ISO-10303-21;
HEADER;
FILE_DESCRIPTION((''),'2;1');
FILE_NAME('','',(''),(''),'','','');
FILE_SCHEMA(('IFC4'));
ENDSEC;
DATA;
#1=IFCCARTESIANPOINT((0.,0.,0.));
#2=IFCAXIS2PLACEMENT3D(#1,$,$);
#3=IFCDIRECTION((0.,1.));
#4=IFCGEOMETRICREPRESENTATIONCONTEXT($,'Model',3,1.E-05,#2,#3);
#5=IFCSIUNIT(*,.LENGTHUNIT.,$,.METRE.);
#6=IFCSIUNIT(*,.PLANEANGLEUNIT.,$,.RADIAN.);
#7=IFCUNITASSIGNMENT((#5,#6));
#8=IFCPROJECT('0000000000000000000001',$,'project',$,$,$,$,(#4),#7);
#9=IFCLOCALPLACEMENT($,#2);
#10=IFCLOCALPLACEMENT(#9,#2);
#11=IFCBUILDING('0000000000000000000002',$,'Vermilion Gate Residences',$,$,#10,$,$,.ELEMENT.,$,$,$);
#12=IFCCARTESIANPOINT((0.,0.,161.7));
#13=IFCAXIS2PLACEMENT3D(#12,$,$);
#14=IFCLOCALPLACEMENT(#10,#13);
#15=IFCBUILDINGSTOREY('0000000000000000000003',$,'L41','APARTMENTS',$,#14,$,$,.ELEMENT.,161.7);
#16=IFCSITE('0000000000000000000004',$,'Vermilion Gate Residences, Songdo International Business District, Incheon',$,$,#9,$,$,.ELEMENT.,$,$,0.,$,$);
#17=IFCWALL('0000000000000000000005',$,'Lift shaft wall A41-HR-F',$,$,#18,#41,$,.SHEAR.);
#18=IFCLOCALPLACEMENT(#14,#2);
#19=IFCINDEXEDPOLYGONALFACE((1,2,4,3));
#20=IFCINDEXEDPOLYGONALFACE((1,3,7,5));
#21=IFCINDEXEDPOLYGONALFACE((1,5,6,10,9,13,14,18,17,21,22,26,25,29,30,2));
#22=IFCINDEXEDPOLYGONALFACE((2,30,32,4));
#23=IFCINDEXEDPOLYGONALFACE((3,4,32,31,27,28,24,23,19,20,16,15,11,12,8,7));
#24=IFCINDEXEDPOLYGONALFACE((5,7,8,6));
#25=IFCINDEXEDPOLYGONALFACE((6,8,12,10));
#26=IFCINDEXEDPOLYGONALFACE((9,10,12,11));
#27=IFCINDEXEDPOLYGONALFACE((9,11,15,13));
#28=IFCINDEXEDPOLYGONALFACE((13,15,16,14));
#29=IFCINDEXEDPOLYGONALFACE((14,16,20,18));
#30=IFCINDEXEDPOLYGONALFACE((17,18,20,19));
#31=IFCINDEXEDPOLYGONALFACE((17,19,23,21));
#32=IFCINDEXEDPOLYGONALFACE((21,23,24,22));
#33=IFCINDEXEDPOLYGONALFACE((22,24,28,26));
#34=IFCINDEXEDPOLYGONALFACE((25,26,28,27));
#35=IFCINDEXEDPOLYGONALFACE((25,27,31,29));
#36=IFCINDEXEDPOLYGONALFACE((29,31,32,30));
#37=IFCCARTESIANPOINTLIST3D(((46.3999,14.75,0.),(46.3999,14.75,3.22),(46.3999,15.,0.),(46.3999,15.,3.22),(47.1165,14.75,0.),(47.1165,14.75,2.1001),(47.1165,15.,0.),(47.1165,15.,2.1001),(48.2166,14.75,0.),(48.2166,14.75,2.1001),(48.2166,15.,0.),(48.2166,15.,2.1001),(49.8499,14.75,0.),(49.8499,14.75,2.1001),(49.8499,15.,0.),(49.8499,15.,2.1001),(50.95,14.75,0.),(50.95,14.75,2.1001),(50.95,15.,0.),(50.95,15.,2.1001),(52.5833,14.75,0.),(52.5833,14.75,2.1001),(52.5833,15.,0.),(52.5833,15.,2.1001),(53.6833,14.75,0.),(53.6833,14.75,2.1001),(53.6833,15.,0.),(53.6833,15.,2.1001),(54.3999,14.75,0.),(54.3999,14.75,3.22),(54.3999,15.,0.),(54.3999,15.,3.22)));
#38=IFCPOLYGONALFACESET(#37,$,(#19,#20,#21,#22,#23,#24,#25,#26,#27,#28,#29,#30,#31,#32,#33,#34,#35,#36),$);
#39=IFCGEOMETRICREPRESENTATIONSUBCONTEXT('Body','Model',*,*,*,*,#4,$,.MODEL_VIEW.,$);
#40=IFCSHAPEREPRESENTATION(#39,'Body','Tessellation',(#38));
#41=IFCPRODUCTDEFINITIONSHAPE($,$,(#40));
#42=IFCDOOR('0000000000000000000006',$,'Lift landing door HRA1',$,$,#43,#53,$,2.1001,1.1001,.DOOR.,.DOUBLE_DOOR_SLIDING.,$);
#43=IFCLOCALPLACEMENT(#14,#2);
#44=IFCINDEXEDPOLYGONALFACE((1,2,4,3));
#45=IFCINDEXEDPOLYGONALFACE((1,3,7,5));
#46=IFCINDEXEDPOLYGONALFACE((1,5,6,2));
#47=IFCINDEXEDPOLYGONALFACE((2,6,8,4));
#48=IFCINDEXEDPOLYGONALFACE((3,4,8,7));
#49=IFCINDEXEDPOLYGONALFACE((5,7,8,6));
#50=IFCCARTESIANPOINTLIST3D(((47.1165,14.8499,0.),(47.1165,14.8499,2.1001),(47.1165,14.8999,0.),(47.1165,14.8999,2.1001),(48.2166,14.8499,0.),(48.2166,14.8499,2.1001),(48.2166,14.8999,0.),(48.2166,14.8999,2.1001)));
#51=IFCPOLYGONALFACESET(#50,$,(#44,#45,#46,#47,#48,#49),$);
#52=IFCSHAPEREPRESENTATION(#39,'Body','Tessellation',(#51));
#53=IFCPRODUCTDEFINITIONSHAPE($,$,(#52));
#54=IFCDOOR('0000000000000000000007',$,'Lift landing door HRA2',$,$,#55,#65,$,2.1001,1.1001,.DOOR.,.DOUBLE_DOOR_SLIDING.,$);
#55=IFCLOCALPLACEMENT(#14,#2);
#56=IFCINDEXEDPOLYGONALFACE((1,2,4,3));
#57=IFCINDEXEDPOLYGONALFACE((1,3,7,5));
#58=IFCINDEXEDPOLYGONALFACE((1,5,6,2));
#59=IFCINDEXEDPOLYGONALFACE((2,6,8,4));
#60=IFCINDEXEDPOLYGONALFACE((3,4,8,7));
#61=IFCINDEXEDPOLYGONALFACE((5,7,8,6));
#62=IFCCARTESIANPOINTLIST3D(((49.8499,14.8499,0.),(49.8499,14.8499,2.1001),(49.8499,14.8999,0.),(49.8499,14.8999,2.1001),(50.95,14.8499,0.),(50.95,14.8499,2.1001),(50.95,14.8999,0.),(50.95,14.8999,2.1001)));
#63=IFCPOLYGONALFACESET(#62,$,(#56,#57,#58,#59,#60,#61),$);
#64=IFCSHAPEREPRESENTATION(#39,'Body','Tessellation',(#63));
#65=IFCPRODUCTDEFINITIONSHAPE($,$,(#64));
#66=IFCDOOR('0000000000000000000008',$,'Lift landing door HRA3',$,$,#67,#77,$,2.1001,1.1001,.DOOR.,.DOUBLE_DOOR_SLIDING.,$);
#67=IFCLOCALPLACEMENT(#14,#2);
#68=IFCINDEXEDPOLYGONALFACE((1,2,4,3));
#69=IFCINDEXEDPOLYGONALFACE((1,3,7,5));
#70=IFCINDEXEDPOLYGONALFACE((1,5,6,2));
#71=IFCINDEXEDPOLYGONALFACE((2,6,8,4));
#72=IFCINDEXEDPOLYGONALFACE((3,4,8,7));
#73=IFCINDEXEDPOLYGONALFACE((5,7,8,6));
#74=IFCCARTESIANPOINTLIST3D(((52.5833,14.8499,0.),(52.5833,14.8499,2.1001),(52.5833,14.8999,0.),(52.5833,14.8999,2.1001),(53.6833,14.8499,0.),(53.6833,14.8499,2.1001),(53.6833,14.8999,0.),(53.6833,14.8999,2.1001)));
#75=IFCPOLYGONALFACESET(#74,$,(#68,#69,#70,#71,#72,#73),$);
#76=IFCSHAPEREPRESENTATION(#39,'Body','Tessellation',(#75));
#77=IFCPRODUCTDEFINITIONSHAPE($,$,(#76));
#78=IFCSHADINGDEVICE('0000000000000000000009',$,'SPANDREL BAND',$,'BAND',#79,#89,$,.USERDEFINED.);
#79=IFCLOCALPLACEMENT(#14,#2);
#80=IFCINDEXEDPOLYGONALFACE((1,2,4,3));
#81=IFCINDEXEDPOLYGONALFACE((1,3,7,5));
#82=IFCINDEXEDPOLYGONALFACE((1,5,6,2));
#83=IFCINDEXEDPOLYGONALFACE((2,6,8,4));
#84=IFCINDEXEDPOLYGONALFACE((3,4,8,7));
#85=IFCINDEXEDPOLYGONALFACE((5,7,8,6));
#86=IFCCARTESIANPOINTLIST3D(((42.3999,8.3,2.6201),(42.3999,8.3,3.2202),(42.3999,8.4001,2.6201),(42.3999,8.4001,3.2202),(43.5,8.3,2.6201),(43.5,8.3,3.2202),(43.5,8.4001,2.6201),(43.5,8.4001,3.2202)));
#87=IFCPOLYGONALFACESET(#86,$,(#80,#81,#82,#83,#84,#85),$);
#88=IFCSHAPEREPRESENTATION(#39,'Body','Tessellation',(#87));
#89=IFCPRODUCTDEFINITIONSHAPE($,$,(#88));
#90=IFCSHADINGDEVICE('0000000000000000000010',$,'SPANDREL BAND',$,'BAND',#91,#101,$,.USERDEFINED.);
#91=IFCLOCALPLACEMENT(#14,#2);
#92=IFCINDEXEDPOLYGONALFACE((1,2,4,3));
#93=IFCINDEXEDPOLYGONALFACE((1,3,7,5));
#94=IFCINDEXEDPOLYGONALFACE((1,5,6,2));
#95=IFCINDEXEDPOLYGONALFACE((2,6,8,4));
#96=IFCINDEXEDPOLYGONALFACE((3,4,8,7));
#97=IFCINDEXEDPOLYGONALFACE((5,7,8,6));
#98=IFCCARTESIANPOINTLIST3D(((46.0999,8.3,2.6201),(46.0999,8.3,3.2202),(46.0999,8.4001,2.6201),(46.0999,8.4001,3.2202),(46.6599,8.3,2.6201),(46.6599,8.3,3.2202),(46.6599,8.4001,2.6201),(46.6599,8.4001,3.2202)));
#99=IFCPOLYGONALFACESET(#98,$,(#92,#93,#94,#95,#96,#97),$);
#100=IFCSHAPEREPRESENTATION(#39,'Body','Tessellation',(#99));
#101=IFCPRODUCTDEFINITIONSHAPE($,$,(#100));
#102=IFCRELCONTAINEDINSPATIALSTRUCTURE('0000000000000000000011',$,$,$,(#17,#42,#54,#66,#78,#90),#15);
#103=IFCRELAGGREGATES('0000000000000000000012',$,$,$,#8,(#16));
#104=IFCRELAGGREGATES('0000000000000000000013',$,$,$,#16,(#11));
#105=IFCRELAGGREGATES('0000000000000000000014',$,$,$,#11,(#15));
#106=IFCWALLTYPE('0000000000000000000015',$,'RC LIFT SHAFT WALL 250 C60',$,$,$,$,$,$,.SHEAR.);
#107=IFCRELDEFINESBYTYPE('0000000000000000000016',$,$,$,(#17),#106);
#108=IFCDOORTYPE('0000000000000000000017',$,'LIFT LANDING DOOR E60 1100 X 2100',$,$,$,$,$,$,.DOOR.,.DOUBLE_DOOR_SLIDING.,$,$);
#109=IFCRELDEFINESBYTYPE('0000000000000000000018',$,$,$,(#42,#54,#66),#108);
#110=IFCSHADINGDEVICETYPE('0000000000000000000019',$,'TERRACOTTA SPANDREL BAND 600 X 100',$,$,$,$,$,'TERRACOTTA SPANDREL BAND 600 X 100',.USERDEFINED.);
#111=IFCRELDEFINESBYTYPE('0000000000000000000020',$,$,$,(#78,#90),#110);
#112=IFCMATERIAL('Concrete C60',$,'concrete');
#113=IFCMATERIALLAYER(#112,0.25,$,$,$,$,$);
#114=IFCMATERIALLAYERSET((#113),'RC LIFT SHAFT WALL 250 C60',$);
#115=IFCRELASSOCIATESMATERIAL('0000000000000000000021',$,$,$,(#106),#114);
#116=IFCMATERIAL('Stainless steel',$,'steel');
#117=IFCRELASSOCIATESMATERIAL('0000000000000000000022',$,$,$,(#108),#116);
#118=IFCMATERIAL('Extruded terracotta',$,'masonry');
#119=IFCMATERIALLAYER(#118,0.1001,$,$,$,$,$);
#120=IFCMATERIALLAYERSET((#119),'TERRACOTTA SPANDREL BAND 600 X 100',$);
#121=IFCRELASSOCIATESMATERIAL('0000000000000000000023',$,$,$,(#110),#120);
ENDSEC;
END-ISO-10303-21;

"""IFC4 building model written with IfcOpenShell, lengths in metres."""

from ifc_helpers import new_model, si_unit, direction, frame, frame_2d, origin, origin_2d, place, context, subcontext, project, spatial, rectangle, extrude, material, layer, layer_set, type_object, element, fill, save


model = new_model("IFC4")

# Units and contexts
model_context = context("Model", 3, precision=1e-05, world=origin(), true_north=direction((0.0, 1.0)))
body_context = subcontext(model_context, "Body", "Model", "MODEL_VIEW")
ifc_project = project(units=[si_unit("LENGTHUNIT", "METRE"), si_unit("PLANEANGLEUNIT", "RADIAN")], contexts=[model_context])

# Site, building, storey
site_placement = place(None, origin())
site = spatial("IfcSite", under=ifc_project, at=site_placement, Name="Vermilion Gate Residences, Songdo International Business District, Incheon", CompositionType="ELEMENT", RefElevation=0.0)
building_placement = place(site_placement, origin())
building = spatial("IfcBuilding", under=site, at=building_placement, Name="Vermilion Gate Residences", CompositionType="ELEMENT")
storey_placement = place(building_placement, frame((0.0, 0.0, 161.7)))
storey = spatial("IfcBuildingStorey", under=building, at=storey_placement, Name="L41", Description="APARTMENTS", CompositionType="ELEMENT", Elevation=161.7)

# Wall, openings, doors
ifc_material_1 = material(Name="Concrete C60", Category="concrete")
ifc_layer_1 = layer(ifc_material_1, 0.25)
ifc_layer_set_1 = layer_set([ifc_layer_1], Name="RC LIFT SHAFT WALL 250 C60")
wall_type_1 = type_object("IfcWallType", Name="RC LIFT SHAFT WALL 250 C60", PredefinedType="SHEAR", material=ifc_layer_set_1)
wall_1_placement = place(storey_placement, frame((46.3999, 14.875, 0.0), z_axis=(0.0, 0.0, 1.0), x_axis=(1.0, 0.0, 0.0)))
wall_1 = element("IfcWall", 1, at=wall_1_placement, inside=storey, type_object=wall_type_1, Name="Lift shaft wall A41-HR-F", PredefinedType="SHEAR", context=body_context, shape_type="SweptSolid", body=[
    extrude(rectangle(XDim=8.0, YDim=0.25, at=frame_2d((4.0, 0.0))), origin(), (0.0, 0.0, 1.0), 3.22),
])
opening_1_placement = place(wall_1_placement, frame((0.7166, 0.0, 0.0)))
opening_1 = element("IfcOpeningElement", 2, at=opening_1_placement, cuts=wall_1, PredefinedType="OPENING", context=body_context, shape_type="SweptSolid", body=[
    extrude(rectangle(XDim=1.1001, YDim=2.1001, at=frame_2d((0.55, 1.05))), frame((0.0, 0.135, 0.0), z_axis=(0.0, -1.0, 0.0), x_axis=(1.0, 0.0, 0.0)), (0.0, 0.0, 1.0), 0.27),
])
opening_2_placement = place(wall_1_placement, frame((3.45, 0.0, 0.0)))
opening_2 = element("IfcOpeningElement", 3, at=opening_2_placement, cuts=wall_1, PredefinedType="OPENING", context=body_context, shape_type="SweptSolid", body=[
    extrude(rectangle(XDim=1.1001, YDim=2.1001, at=frame_2d((0.55, 1.05))), frame((0.0, 0.135, 0.0), z_axis=(0.0, -1.0, 0.0), x_axis=(1.0, 0.0, 0.0)), (0.0, 0.0, 1.0), 0.27),
])
opening_3_placement = place(wall_1_placement, frame((6.1833, 0.0, 0.0)))
opening_3 = element("IfcOpeningElement", 4, at=opening_3_placement, cuts=wall_1, PredefinedType="OPENING", context=body_context, shape_type="SweptSolid", body=[
    extrude(rectangle(XDim=1.1001, YDim=2.1001, at=frame_2d((0.55, 1.05))), frame((0.0, 0.135, 0.0), z_axis=(0.0, -1.0, 0.0), x_axis=(1.0, 0.0, 0.0)), (0.0, 0.0, 1.0), 0.27),
])
ifc_material_2 = material(Name="Stainless steel", Category="steel")
door_type_1 = type_object("IfcDoorType", Name="LIFT LANDING DOOR E60 1100 X 2100", OperationType="DOUBLE_DOOR_SLIDING", PredefinedType="DOOR", material=ifc_material_2)
door_1_placement = place(opening_1_placement, origin())
door_1 = element("IfcDoor", 5, at=door_1_placement, inside=storey, type_object=door_type_1, Name="Lift landing door HRA1", OperationType="DOUBLE_DOOR_SLIDING", OverallHeight=2.1001, OverallWidth=1.1001, PredefinedType="DOOR", context=body_context, shape_type="SweptSolid", body=[
    extrude(rectangle(XDim=1.1001, YDim=2.1001, at=frame_2d((0.55, 1.05))), frame((0.0, 0.0249, 0.0), z_axis=(0.0, -1.0, 0.0), x_axis=(1.0, 0.0, 0.0)), (0.0, 0.0, 1.0), 0.05),
])
fill(opening_1, door_1)
door_2_placement = place(opening_2_placement, origin())
door_2 = element("IfcDoor", 6, at=door_2_placement, inside=storey, type_object=door_type_1, Name="Lift landing door HRA2", OperationType="DOUBLE_DOOR_SLIDING", OverallHeight=2.1001, OverallWidth=1.1001, PredefinedType="DOOR", context=body_context, shape_type="SweptSolid", body=[
    extrude(rectangle(XDim=1.1001, YDim=2.1001, at=frame_2d((0.55, 1.05))), frame((0.0, 0.0249, 0.0), z_axis=(0.0, -1.0, 0.0), x_axis=(1.0, 0.0, 0.0)), (0.0, 0.0, 1.0), 0.05),
])
fill(opening_2, door_2)
door_3_placement = place(opening_3_placement, origin())
door_3 = element("IfcDoor", 7, at=door_3_placement, inside=storey, type_object=door_type_1, Name="Lift landing door HRA3", OperationType="DOUBLE_DOOR_SLIDING", OverallHeight=2.1001, OverallWidth=1.1001, PredefinedType="DOOR", context=body_context, shape_type="SweptSolid", body=[
    extrude(rectangle(XDim=1.1001, YDim=2.1001, at=frame_2d((0.55, 1.05))), frame((0.0, 0.0249, 0.0), z_axis=(0.0, -1.0, 0.0), x_axis=(1.0, 0.0, 0.0)), (0.0, 0.0, 1.0), 0.05),
])
fill(opening_3, door_3)

# Shading devices
ifc_material_3 = material(Name="Extruded terracotta", Category="masonry")
ifc_layer_2 = layer(ifc_material_3, 0.1001)
ifc_layer_set_2 = layer_set([ifc_layer_2], Name="TERRACOTTA SPANDREL BAND 600 X 100")
shading_device_type = type_object("IfcShadingDeviceType", Name="TERRACOTTA SPANDREL BAND 600 X 100", ElementType="TERRACOTTA SPANDREL BAND 600 X 100", PredefinedType="USERDEFINED", material=ifc_layer_set_2)
shading_device_1_placement = place(storey_placement, frame((42.95, 8.3501, 2.6201), z_axis=(0.0, 0.0, 1.0), x_axis=(1.0, 0.0, 0.0)))
element("IfcShadingDevice", 8, at=shading_device_1_placement, inside=storey, type_object=shading_device_type, Name="SPANDREL BAND", ObjectType="BAND", PredefinedType="USERDEFINED", context=body_context, shape_type="SweptSolid", body=[
    extrude(rectangle(XDim=1.1001, YDim=0.1001, at=origin_2d()), origin(), (0.0, 0.0, 1.0), 0.6001),
])
shading_device_2_placement = place(storey_placement, frame((46.3799, 8.3501, 2.6201), z_axis=(0.0, 0.0, 1.0), x_axis=(1.0, 0.0, 0.0)))
element("IfcShadingDevice", 9, at=shading_device_2_placement, inside=storey, type_object=shading_device_type, Name="SPANDREL BAND", ObjectType="BAND", PredefinedType="USERDEFINED", context=body_context, shape_type="SweptSolid", body=[
    extrude(rectangle(XDim=0.5601, YDim=0.1001, at=origin_2d()), origin(), (0.0, 0.0, 1.0), 0.6001),
])

save(model, "model.ifc")
